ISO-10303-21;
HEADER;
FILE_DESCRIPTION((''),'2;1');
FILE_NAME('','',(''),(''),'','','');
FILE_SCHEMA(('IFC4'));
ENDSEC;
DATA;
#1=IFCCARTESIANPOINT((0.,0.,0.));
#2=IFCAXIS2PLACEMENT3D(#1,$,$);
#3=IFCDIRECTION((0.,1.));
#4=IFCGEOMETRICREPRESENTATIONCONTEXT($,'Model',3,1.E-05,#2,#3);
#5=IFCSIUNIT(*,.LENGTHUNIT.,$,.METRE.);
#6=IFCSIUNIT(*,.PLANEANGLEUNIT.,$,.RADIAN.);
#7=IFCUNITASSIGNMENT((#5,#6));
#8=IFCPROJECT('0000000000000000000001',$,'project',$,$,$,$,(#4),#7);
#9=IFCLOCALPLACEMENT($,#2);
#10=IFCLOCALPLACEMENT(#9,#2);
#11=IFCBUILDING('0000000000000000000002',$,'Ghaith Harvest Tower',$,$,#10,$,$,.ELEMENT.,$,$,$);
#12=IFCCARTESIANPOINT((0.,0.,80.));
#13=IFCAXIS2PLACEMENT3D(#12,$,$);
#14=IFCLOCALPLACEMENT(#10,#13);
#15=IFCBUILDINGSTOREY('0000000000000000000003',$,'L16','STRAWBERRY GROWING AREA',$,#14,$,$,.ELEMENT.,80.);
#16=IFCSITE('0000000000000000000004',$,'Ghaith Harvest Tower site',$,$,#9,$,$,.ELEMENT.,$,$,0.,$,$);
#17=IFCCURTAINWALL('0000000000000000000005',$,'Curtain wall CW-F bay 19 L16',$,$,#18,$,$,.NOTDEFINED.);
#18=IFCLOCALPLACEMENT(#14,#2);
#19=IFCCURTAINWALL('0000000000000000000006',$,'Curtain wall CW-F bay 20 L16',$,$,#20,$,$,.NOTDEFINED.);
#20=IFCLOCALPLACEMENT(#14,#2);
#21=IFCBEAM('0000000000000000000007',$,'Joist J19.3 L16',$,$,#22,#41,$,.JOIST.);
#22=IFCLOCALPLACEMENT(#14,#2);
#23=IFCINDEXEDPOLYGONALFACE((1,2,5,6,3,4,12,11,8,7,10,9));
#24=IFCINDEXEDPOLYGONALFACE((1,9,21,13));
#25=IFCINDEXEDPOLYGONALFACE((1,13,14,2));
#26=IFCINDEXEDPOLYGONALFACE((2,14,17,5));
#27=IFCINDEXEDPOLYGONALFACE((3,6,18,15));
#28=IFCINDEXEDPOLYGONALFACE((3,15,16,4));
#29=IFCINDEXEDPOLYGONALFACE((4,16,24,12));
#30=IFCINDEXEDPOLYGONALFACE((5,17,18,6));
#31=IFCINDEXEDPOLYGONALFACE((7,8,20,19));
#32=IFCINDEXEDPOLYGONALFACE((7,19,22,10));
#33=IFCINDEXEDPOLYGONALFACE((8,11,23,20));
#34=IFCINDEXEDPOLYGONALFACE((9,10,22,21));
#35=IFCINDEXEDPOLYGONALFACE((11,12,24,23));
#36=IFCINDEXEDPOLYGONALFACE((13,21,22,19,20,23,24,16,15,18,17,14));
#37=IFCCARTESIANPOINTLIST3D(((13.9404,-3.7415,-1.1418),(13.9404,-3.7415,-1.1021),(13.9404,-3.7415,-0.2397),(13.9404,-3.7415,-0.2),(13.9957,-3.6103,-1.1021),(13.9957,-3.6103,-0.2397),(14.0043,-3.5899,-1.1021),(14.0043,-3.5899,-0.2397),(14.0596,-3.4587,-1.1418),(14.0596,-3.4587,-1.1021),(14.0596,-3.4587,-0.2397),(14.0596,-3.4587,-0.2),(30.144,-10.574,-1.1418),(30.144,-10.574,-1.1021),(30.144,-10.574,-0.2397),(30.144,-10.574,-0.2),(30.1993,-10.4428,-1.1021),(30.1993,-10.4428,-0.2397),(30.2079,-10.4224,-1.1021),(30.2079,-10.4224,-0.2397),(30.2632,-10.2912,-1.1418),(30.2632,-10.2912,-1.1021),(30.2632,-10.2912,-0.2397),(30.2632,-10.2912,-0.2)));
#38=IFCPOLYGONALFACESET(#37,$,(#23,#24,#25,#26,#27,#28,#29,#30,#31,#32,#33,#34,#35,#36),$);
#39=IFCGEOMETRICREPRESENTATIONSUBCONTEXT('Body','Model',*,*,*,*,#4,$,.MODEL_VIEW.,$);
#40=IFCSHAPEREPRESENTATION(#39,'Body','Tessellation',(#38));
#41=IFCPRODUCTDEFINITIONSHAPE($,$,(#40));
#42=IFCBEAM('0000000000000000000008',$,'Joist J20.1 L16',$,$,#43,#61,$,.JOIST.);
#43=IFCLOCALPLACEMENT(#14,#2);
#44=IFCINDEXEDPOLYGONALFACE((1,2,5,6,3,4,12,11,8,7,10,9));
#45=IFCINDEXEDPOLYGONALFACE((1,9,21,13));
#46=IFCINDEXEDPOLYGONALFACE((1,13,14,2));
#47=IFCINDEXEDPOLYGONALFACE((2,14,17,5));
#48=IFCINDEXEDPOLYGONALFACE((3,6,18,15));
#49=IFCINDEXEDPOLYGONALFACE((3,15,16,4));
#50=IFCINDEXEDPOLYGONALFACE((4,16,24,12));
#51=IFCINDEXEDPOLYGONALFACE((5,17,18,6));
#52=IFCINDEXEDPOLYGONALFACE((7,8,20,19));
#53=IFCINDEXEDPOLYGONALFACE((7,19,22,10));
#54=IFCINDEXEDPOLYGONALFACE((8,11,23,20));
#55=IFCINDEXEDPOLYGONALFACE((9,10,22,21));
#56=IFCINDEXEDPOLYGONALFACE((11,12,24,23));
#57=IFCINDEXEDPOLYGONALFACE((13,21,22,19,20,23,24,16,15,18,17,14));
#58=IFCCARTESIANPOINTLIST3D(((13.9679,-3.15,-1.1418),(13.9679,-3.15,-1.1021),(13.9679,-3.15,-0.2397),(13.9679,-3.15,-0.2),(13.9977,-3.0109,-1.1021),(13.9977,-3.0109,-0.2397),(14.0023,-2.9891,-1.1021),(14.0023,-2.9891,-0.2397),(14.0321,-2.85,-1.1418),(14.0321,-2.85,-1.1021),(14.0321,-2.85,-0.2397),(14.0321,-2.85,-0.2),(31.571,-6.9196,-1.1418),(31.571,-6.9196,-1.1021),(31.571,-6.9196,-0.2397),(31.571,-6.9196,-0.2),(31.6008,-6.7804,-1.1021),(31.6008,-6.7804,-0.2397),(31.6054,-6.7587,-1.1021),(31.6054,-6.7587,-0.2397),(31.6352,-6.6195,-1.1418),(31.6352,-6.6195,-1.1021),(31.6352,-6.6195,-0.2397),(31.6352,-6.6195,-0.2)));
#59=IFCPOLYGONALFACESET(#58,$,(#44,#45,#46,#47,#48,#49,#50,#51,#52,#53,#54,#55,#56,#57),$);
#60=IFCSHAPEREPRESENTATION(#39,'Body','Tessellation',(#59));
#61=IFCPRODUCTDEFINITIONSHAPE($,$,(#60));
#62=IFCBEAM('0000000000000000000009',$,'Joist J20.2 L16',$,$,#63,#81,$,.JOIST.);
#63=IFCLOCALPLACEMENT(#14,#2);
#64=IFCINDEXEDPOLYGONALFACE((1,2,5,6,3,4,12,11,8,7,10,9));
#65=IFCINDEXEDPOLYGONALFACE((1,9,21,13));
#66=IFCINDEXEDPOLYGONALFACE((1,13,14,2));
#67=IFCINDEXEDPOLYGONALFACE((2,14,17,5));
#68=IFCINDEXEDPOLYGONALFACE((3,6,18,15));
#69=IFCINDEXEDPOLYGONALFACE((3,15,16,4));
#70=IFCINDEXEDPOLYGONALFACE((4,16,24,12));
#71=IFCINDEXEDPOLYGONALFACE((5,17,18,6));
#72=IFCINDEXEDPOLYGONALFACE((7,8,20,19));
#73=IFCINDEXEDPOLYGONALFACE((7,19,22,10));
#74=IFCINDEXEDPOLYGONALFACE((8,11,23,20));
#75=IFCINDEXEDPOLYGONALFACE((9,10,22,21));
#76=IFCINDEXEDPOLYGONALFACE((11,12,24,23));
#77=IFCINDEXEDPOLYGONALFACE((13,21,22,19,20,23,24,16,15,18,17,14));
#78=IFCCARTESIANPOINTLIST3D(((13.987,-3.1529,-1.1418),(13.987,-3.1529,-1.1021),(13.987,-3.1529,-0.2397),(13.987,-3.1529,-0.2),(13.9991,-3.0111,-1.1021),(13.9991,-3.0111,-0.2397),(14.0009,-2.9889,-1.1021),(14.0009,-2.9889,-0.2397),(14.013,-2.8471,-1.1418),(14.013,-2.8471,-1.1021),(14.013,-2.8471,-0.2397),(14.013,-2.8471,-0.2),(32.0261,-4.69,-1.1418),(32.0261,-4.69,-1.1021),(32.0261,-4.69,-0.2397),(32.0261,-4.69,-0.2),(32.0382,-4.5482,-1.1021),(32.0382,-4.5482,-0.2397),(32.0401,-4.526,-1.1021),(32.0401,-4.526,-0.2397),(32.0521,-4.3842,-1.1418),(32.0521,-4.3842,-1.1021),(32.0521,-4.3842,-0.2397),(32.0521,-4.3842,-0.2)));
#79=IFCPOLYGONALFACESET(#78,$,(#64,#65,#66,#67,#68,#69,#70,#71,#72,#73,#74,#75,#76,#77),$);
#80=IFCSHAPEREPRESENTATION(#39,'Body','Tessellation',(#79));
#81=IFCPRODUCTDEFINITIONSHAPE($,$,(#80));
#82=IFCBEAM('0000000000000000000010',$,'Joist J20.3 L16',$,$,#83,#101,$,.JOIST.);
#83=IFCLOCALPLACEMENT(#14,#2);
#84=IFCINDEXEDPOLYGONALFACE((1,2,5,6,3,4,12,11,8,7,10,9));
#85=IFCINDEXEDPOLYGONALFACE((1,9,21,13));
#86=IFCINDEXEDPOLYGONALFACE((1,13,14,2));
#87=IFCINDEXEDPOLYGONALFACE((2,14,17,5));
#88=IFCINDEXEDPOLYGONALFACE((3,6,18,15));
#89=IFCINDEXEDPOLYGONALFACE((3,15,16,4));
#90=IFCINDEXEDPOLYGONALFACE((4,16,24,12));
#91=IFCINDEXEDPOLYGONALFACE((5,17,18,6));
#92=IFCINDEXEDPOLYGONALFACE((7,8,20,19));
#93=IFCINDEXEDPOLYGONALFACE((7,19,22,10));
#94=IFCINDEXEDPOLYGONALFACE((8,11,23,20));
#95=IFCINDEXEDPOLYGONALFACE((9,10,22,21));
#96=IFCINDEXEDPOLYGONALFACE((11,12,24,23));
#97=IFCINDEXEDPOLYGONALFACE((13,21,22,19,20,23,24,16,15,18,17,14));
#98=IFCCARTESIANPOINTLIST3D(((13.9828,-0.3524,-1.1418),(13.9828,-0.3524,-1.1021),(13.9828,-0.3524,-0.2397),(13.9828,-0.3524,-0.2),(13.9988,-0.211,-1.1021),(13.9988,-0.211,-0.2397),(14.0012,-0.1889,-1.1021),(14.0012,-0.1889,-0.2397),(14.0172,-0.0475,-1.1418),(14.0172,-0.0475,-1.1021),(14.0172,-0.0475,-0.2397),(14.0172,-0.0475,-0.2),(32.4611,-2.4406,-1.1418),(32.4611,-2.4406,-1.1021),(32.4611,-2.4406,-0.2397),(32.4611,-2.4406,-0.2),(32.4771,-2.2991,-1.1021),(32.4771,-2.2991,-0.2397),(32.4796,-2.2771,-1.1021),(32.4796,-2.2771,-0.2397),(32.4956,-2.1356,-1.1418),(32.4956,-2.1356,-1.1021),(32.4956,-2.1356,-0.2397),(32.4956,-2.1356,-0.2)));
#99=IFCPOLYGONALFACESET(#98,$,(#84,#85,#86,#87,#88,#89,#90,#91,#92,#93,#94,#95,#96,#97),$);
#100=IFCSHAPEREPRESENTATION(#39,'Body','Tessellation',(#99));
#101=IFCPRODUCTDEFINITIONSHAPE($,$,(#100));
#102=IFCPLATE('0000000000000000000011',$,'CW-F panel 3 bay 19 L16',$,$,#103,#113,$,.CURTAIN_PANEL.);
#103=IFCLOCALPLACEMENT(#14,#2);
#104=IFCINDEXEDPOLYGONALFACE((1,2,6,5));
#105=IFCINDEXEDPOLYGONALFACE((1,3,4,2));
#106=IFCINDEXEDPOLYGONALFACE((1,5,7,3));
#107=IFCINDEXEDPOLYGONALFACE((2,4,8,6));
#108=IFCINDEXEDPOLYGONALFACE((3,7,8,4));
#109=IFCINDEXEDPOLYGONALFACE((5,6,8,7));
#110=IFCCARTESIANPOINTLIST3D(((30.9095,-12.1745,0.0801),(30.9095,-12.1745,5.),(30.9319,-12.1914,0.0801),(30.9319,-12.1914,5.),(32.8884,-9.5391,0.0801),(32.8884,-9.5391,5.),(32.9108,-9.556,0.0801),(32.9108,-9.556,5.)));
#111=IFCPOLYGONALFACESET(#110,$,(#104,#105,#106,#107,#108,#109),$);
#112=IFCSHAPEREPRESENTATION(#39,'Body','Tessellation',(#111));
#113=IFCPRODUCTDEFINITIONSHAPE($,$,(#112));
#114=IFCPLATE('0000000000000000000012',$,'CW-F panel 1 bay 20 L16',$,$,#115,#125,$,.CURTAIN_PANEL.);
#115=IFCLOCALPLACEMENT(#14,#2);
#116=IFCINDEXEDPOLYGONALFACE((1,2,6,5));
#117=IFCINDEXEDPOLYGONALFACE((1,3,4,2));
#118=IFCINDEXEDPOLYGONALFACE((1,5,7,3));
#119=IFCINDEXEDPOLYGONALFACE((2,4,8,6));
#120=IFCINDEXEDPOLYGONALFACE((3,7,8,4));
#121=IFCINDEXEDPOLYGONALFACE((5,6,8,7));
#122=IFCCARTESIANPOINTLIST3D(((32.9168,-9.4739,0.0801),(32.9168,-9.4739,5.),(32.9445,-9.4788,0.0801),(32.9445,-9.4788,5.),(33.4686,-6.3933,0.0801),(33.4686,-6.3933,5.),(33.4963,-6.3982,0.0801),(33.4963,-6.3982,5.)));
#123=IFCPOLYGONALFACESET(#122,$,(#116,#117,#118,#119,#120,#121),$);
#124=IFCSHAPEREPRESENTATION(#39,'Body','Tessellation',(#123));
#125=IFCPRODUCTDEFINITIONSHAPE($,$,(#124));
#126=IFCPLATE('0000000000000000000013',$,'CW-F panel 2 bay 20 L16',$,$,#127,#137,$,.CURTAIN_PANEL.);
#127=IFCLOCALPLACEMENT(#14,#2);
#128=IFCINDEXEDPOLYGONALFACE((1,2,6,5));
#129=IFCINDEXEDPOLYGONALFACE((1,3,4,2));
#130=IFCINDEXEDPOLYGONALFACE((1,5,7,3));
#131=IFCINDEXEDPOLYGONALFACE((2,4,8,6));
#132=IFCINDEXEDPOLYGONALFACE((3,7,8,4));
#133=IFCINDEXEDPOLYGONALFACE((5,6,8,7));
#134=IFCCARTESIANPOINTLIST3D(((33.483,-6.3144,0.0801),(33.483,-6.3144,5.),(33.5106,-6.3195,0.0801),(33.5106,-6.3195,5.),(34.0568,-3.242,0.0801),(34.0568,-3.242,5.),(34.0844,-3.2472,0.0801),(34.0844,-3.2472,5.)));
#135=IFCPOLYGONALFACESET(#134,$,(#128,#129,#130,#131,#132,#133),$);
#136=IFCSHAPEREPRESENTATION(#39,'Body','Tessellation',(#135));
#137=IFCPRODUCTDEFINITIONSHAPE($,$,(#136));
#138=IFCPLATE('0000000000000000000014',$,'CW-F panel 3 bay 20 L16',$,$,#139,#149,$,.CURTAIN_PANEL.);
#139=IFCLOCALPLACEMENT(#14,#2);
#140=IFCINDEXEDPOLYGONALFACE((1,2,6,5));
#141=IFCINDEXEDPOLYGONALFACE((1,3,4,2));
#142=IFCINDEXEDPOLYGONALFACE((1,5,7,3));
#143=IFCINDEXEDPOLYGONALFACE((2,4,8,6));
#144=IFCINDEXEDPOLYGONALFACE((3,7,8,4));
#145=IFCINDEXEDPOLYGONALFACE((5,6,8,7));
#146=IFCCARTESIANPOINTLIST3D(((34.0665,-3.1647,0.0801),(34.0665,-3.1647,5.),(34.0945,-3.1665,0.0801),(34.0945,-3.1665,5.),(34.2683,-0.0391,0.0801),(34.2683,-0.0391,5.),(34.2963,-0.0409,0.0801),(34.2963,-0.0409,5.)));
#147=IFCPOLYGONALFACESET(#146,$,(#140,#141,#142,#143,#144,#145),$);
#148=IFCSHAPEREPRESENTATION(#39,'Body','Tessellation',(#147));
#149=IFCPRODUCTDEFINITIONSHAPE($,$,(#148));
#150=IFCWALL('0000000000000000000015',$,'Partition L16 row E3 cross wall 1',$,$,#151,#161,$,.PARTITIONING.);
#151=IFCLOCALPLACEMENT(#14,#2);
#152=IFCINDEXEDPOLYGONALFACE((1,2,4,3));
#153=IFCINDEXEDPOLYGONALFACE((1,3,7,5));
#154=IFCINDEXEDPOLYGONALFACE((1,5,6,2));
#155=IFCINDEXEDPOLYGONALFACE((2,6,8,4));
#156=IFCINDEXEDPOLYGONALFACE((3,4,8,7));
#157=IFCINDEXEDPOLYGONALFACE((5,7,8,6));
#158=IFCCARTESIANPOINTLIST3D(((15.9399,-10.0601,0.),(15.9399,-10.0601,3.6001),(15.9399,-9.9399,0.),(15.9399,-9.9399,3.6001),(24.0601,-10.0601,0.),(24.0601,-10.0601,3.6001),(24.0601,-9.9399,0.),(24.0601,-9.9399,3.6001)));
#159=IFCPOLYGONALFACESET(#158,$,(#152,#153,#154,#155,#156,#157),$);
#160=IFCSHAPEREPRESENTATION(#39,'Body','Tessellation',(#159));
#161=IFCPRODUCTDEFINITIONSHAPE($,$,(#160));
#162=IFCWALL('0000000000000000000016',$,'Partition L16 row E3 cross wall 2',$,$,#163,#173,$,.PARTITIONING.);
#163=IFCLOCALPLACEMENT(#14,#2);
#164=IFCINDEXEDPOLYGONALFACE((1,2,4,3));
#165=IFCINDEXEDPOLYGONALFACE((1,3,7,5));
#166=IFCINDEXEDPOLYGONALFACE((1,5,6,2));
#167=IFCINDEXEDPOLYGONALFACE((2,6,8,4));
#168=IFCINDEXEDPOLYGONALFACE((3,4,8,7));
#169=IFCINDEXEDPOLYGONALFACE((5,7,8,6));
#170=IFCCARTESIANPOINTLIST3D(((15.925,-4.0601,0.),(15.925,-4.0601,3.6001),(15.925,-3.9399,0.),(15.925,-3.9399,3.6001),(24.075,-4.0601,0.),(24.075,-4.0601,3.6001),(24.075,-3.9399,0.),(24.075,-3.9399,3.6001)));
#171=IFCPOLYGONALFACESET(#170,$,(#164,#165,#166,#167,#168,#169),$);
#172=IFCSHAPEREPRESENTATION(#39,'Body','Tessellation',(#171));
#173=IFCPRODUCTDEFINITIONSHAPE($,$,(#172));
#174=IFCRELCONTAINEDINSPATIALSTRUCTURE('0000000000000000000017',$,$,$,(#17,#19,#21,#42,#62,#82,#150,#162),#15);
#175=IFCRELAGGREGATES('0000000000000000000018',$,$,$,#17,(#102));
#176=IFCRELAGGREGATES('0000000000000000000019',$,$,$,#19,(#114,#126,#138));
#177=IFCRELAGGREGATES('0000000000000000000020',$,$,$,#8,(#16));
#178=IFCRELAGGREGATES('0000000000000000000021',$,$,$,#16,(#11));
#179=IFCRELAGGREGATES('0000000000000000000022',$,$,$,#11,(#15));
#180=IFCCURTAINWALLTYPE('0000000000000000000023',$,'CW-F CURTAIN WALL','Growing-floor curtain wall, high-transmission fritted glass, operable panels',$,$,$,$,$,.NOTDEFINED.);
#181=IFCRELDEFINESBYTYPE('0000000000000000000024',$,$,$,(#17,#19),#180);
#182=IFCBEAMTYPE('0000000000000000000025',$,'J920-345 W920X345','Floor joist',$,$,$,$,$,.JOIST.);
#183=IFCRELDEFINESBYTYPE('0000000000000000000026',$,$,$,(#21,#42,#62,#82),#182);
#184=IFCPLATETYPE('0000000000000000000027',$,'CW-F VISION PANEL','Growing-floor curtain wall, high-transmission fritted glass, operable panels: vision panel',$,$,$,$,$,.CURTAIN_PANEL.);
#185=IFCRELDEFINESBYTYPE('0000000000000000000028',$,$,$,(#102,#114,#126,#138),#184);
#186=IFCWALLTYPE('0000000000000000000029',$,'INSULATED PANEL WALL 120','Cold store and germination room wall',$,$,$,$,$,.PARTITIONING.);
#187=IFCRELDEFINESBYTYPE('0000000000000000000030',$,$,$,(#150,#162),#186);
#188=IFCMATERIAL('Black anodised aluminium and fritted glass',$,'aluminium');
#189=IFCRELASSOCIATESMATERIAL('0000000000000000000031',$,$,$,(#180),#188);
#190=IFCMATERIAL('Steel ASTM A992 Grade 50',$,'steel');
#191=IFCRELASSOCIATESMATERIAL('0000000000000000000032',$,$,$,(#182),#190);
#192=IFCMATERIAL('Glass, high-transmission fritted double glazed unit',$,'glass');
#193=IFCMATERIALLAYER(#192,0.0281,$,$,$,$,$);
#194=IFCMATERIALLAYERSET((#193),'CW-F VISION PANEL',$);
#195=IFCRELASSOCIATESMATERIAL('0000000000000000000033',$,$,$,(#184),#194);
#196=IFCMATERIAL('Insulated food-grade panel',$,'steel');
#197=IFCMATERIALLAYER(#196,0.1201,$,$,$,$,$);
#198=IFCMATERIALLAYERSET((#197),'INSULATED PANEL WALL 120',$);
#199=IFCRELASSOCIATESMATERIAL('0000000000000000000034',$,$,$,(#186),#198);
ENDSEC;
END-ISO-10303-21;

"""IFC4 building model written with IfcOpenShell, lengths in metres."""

from ifc_helpers import new_model, si_unit, direction, frame, frame_2d, origin, origin_2d, place, context, subcontext, project, spatial, rectangle, i_section, extrude, material, layer, layer_set, material_profile, profile_set, type_object, element, aggregate, save


model = new_model("IFC4")

# Units and contexts
model_context = context("Model", 3, precision=1e-05, world=origin(), true_north=direction((0.0, 1.0)))
body_context = subcontext(model_context, "Body", "Model", "MODEL_VIEW")
ifc_project = project(units=[si_unit("LENGTHUNIT", "METRE"), si_unit("PLANEANGLEUNIT", "RADIAN")], contexts=[model_context])

# Site, building, storey
site_placement = place(None, origin())
site = spatial("IfcSite", under=ifc_project, at=site_placement, Name="Ghaith Harvest Tower site", CompositionType="ELEMENT", RefElevation=0.0)
building_placement = place(site_placement, origin())
building = spatial("IfcBuilding", under=site, at=building_placement, Name="Ghaith Harvest Tower", CompositionType="ELEMENT")
storey_placement = place(building_placement, frame((0.0, 0.0, 80.0)))
storey = spatial("IfcBuildingStorey", under=building, at=storey_placement, Name="L16", Description="STRAWBERRY GROWING AREA", CompositionType="ELEMENT", Elevation=80.0)

# Curtain wall
ifc_material_1 = material(Name="Black anodised aluminium and fritted glass", Category="aluminium")
curtain_wall_type = type_object("IfcCurtainWallType", Name="CW-F CURTAIN WALL", Description="Growing-floor curtain wall, high-transmission fritted glass, operable panels", PredefinedType="NOTDEFINED", material=ifc_material_1)
curtain_wall_1_placement = place(storey_placement, origin())
curtain_wall_1 = element("IfcCurtainWall", 1, at=curtain_wall_1_placement, inside=storey, type_object=curtain_wall_type, Name="Curtain wall CW-F bay 19 L16", PredefinedType="NOTDEFINED")

# Curtain wall
curtain_wall_2_placement = place(storey_placement, origin())
curtain_wall_2 = element("IfcCurtainWall", 2, at=curtain_wall_2_placement, inside=storey, type_object=curtain_wall_type, Name="Curtain wall CW-F bay 20 L16", PredefinedType="NOTDEFINED")

# Beams
ifc_material_2 = material(Name="Steel ASTM A992 Grade 50", Category="steel")
ifc_material_profile_1 = material_profile(ifc_material_2, i_section(OverallWidth=0.3069, OverallDepth=0.9419, WebThickness=0.0222, FlangeThickness=0.0398, at=origin_2d()), Name="W920X345")
ifc_profile_set_1 = profile_set([ifc_material_profile_1], Name="Steel ASTM A992 Grade 50")
beam_type_1 = type_object("IfcBeamType", Name="J920-345 W920X345", Description="Floor joist", PredefinedType="JOIST", material=ifc_profile_set_1)
beam_1_placement = place(storey_placement, frame((14.0, -3.6001, -0.6709), z_axis=(0.921433, -0.388537, 0.0), x_axis=(0.388537, 0.921433, 0.0)))
element("IfcBeam", 3, at=beam_1_placement, inside=storey, type_object=beam_type_1, Name="Joist J19.3 L16", PredefinedType="JOIST", context=body_context, shape_type="SweptSolid", body=[
    extrude(i_section(OverallWidth=0.3069, OverallDepth=0.9419, WebThickness=0.0222, FlangeThickness=0.0398, at=origin_2d()), origin(), (0.0, 0.0, 1.0), 17.5852),
])
beam_2_placement = place(storey_placement, frame((14.0, -3.0, -0.6709), z_axis=(0.977831, -0.209394, 0.0), x_axis=(0.209394, 0.977831, 0.0)))
element("IfcBeam", 4, at=beam_2_placement, inside=storey, type_object=beam_type_1, Name="Joist J20.1 L16", PredefinedType="JOIST", context=body_context, shape_type="SweptSolid", body=[
    extrude(i_section(OverallWidth=0.3069, OverallDepth=0.9419, WebThickness=0.0222, FlangeThickness=0.0398, at=origin_2d()), origin(), (0.0, 0.0, 1.0), 18.0022),
])
beam_3_placement = place(storey_placement, frame((14.0, -3.0, -0.6709), z_axis=(0.996389, -0.084902, 0.0), x_axis=(0.084902, 0.996389, 0.0)))
element("IfcBeam", 5, at=beam_3_placement, inside=storey, type_object=beam_type_1, Name="Joist J20.2 L16", PredefinedType="JOIST", context=body_context, shape_type="SweptSolid", body=[
    extrude(i_section(OverallWidth=0.3069, OverallDepth=0.9419, WebThickness=0.0222, FlangeThickness=0.0398, at=origin_2d()), origin(), (0.0, 0.0, 1.0), 18.1045),
])
beam_4_placement = place(storey_placement, frame((14.0, -0.2, -0.6709), z_axis=(0.993675, -0.11229, 0.0), x_axis=(0.11229, 0.993675, 0.0)))
element("IfcBeam", 6, at=beam_4_placement, inside=storey, type_object=beam_type_1, Name="Joist J20.3 L16", PredefinedType="JOIST", context=body_context, shape_type="SweptSolid", body=[
    extrude(i_section(OverallWidth=0.3069, OverallDepth=0.9419, WebThickness=0.0222, FlangeThickness=0.0398, at=origin_2d()), origin(), (0.0, 0.0, 1.0), 18.5959),
])

# Plates
ifc_material_3 = material(Name="Glass, high-transmission fritted double glazed unit", Category="glass")
ifc_layer_1 = layer(ifc_material_3, 0.0281)
ifc_layer_set_1 = layer_set([ifc_layer_1], Name="CW-F VISION PANEL")
plate_type = type_object("IfcPlateType", Name="CW-F VISION PANEL", Description="Growing-floor curtain wall, high-transmission fritted glass, operable panels: vision panel", PredefinedType="CURTAIN_PANEL", material=ifc_layer_set_1)
plate_1_placement = place(storey_placement, frame((31.9102, -10.8652, 0.0801), z_axis=(0.0, 0.0, 1.0), x_axis=(0.600454, 0.799659, 0.0)))
plate_1 = element("IfcPlate", 7, at=plate_1_placement, type_object=plate_type, Name="CW-F panel 3 bay 19 L16", PredefinedType="CURTAIN_PANEL", context=body_context, shape_type="SweptSolid", body=[
    extrude(rectangle(XDim=3.2957, YDim=0.0281, at=origin_2d()), origin(), (0.0, 0.0, 1.0), 4.9199),
])
aggregate(curtain_wall_1, [plate_1])
plate_2_placement = place(storey_placement, frame((33.2065, -7.936, 0.0801), z_axis=(0.0, 0.0, 1.0), x_axis=(0.17632, 0.984333, 0.0)))
plate_2 = element("IfcPlate", 8, at=plate_2_placement, type_object=plate_type, Name="CW-F panel 1 bay 20 L16", PredefinedType="CURTAIN_PANEL", context=body_context, shape_type="SweptSolid", body=[
    extrude(rectangle(XDim=3.1296, YDim=0.0281, at=origin_2d()), origin(), (0.0, 0.0, 1.0), 4.9199),
])
plate_3_placement = place(storey_placement, frame((33.7837, -4.7808, 0.0801), z_axis=(0.0, 0.0, 1.0), x_axis=(0.183569, 0.983007, 0.0)))
plate_3 = element("IfcPlate", 9, at=plate_3_placement, type_object=plate_type, Name="CW-F panel 2 bay 20 L16", PredefinedType="CURTAIN_PANEL", context=body_context, shape_type="SweptSolid", body=[
    extrude(rectangle(XDim=3.1255, YDim=0.0281, at=origin_2d()), origin(), (0.0, 0.0, 1.0), 4.9199),
])
plate_4_placement = place(storey_placement, frame((34.1814, -1.6028, 0.0801), z_axis=(0.0, 0.0, 1.0), x_axis=(0.064446, 0.997921, 0.0)))
plate_4 = element("IfcPlate", 10, at=plate_4_placement, type_object=plate_type, Name="CW-F panel 3 bay 20 L16", PredefinedType="CURTAIN_PANEL", context=body_context, shape_type="SweptSolid", body=[
    extrude(rectangle(XDim=3.1321, YDim=0.0281, at=origin_2d()), origin(), (0.0, 0.0, 1.0), 4.9199),
])
aggregate(curtain_wall_2, [plate_2, plate_3, plate_4])

# Walls
ifc_material_4 = material(Name="Insulated food-grade panel", Category="steel")
ifc_layer_2 = layer(ifc_material_4, 0.1201)
ifc_layer_set_2 = layer_set([ifc_layer_2], Name="INSULATED PANEL WALL 120")
wall_type_1 = type_object("IfcWallType", Name="INSULATED PANEL WALL 120", Description="Cold store and germination room wall", PredefinedType="PARTITIONING", material=ifc_layer_set_2)
wall_1_placement = place(storey_placement, frame((15.9399, -10.0, 0.0), z_axis=(0.0, 0.0, 1.0), x_axis=(1.0, 0.0, 0.0)))
element("IfcWall", 11, at=wall_1_placement, inside=storey, type_object=wall_type_1, Name="Partition L16 row E3 cross wall 1", PredefinedType="PARTITIONING", context=body_context, shape_type="SweptSolid", body=[
    extrude(rectangle(XDim=8.1201, YDim=0.1201, at=frame_2d((4.0601, 0.0))), origin(), (0.0, 0.0, 1.0), 3.6001),
])
wall_2_placement = place(storey_placement, frame((15.925, -4.0, 0.0), z_axis=(0.0, 0.0, 1.0), x_axis=(1.0, 0.0, 0.0)))
element("IfcWall", 12, at=wall_2_placement, inside=storey, type_object=wall_type_1, Name="Partition L16 row E3 cross wall 2", PredefinedType="PARTITIONING", context=body_context, shape_type="SweptSolid", body=[
    extrude(rectangle(XDim=8.1499, YDim=0.1201, at=frame_2d((4.075, 0.0))), origin(), (0.0, 0.0, 1.0), 3.6001),
])

save(model, "model.ifc")
